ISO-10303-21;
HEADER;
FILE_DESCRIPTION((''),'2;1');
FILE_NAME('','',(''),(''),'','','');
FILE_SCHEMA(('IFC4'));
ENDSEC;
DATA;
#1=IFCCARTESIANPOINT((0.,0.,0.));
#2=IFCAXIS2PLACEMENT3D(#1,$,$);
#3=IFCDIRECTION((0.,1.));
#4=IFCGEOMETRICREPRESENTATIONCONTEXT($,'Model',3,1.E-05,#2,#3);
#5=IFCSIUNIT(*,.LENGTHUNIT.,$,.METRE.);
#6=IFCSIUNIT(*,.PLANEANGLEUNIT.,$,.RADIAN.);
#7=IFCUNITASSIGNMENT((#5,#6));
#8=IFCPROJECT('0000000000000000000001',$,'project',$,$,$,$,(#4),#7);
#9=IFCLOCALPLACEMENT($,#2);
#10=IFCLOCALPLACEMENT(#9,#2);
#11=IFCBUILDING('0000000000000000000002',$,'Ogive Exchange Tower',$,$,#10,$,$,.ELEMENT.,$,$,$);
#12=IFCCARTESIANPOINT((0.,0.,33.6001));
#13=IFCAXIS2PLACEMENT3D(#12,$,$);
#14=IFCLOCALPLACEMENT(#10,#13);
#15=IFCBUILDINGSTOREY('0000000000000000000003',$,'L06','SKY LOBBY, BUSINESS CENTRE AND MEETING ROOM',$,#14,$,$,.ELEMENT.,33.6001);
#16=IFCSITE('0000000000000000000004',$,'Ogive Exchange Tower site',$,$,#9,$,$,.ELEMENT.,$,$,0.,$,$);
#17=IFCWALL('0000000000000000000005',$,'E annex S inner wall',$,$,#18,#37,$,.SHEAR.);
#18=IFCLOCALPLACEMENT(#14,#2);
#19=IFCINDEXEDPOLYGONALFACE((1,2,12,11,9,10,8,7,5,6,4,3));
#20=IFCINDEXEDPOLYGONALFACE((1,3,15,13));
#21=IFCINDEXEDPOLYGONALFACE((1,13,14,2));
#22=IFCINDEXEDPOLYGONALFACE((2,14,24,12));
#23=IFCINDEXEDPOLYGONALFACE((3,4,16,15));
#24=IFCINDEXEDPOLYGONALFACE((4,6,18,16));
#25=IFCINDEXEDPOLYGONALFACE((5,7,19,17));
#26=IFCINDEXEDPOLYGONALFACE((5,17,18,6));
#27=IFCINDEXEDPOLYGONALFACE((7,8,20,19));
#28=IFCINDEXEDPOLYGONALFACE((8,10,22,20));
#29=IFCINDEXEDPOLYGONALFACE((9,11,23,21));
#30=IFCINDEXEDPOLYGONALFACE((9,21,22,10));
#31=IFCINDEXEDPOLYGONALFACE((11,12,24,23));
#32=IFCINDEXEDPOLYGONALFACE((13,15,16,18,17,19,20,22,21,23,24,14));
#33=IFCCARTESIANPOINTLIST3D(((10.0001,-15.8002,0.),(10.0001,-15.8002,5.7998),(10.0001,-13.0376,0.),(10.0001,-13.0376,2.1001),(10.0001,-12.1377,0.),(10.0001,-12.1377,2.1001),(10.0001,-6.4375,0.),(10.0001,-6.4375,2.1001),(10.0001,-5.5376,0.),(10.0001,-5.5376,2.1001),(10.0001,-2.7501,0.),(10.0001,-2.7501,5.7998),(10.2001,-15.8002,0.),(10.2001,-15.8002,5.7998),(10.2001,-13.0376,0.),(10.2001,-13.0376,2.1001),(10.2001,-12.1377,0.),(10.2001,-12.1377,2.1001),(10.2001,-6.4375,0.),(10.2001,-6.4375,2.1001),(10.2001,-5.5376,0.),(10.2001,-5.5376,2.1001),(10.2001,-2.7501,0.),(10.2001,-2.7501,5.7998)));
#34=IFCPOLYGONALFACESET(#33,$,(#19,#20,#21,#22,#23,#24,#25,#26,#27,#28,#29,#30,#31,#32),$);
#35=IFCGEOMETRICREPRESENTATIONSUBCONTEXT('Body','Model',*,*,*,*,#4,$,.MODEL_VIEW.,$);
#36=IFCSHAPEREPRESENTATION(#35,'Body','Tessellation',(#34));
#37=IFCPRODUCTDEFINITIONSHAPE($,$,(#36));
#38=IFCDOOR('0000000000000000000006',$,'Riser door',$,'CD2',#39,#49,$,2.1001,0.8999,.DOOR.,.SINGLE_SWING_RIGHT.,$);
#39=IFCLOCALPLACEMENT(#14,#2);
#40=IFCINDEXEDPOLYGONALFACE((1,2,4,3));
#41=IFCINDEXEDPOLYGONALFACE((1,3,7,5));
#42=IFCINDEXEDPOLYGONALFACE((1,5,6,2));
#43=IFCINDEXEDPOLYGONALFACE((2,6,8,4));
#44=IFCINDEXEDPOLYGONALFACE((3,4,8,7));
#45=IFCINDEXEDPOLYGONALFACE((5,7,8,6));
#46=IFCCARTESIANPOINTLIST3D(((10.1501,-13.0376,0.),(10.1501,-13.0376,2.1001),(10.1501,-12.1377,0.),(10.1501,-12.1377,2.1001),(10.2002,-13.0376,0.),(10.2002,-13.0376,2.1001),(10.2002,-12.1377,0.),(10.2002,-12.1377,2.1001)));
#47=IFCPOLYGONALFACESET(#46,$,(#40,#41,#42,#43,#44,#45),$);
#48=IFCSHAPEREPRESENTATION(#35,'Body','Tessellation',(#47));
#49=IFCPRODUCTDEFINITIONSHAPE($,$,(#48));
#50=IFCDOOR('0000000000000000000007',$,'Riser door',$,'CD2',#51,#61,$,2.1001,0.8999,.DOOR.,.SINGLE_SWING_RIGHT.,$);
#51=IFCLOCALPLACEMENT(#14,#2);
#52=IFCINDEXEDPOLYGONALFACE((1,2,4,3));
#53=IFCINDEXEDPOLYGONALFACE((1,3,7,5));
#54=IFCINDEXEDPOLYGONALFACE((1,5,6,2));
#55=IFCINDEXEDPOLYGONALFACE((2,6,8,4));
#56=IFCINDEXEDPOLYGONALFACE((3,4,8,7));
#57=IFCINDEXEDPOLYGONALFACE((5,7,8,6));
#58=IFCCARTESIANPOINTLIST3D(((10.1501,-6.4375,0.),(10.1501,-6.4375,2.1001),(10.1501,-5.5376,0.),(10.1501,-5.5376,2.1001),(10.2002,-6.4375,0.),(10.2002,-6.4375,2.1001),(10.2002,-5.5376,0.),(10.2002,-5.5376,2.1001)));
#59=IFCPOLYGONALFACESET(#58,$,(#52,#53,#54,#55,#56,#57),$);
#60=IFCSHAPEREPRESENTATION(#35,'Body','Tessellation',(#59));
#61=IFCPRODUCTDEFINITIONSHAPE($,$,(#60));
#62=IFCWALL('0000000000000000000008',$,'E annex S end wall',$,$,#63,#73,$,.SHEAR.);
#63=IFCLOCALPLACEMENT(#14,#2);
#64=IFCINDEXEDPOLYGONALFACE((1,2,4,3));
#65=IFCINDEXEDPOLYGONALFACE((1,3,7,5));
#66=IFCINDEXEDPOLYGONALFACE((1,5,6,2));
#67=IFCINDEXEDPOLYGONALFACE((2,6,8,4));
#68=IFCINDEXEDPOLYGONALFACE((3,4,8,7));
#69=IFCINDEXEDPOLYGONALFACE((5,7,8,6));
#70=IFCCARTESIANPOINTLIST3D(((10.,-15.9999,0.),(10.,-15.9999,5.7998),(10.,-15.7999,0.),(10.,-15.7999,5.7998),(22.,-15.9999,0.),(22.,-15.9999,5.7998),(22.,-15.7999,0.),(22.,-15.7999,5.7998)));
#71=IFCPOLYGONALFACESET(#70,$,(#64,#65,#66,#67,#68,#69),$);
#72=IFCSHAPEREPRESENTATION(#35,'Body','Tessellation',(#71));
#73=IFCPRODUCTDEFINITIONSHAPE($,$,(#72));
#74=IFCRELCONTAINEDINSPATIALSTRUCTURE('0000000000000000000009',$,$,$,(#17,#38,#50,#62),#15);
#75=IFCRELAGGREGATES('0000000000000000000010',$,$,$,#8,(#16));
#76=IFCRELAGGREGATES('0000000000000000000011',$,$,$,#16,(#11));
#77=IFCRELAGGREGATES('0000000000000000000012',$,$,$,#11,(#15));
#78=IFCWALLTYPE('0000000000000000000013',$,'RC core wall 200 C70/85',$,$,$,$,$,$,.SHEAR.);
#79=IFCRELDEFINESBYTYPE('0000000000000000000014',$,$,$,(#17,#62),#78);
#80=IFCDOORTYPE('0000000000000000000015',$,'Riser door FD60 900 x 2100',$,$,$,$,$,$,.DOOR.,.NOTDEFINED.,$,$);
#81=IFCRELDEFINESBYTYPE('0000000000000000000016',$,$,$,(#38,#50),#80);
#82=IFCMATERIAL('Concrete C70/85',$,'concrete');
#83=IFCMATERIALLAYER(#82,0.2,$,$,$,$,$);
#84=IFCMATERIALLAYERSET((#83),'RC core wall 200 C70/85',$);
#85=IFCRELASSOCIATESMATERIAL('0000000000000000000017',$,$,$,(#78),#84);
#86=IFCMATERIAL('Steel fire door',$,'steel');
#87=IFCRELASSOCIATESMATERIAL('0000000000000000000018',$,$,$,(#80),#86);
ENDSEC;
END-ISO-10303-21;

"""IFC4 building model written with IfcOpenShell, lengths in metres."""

from ifc_helpers import new_model, si_unit, direction, frame, frame_2d, origin, place, context, subcontext, project, spatial, rectangle, extrude, material, layer, layer_set, type_object, element, fill, save


model = new_model("IFC4")

# Units and contexts
model_context = context("Model", 3, precision=1e-05, world=origin(), true_north=direction((0.0, 1.0)))
body_context = subcontext(model_context, "Body", "Model", "MODEL_VIEW")
ifc_project = project(units=[si_unit("LENGTHUNIT", "METRE"), si_unit("PLANEANGLEUNIT", "RADIAN")], contexts=[model_context])

# Site, building, storey
site_placement = place(None, origin())
site = spatial("IfcSite", under=ifc_project, at=site_placement, Name="Ogive Exchange Tower site", CompositionType="ELEMENT", RefElevation=0.0)
building_placement = place(site_placement, origin())
building = spatial("IfcBuilding", under=site, at=building_placement, Name="Ogive Exchange Tower", CompositionType="ELEMENT")
storey_placement = place(building_placement, frame((0.0, 0.0, 33.6001)))
storey = spatial("IfcBuildingStorey", under=building, at=storey_placement, Name="L06", Description="SKY LOBBY, BUSINESS CENTRE AND MEETING ROOM", CompositionType="ELEMENT", Elevation=33.6001)

# Wall, openings, doors
ifc_material_1 = material(Name="Concrete C70/85", Category="concrete")
ifc_layer_1 = layer(ifc_material_1, 0.2)
ifc_layer_set_1 = layer_set([ifc_layer_1], Name="RC core wall 200 C70/85")
wall_type_1 = type_object("IfcWallType", Name="RC core wall 200 C70/85", PredefinedType="SHEAR", material=ifc_layer_set_1)
wall_1_placement = place(storey_placement, frame((10.1001, -15.8, 0.0), z_axis=(0.0, 0.0, 1.0), x_axis=(0.0, 1.0, 0.0)))
wall_1 = element("IfcWall", 1, at=wall_1_placement, inside=storey, type_object=wall_type_1, Name="E annex S inner wall", PredefinedType="SHEAR", context=body_context, shape_type="SweptSolid", body=[
    extrude(rectangle(XDim=13.05, YDim=0.2, at=frame_2d((6.5249, 0.0))), origin(), (0.0, 0.0, 1.0), 5.7998),
])
opening_1_placement = place(wall_1_placement, frame((2.7625, 0.0, 0.0)))
opening_1 = element("IfcOpeningElement", 2, at=opening_1_placement, cuts=wall_1, PredefinedType="OPENING", context=body_context, shape_type="SweptSolid", body=[
    extrude(rectangle(XDim=0.8999, YDim=2.1001, at=frame_2d((0.45, 1.05))), frame((0.0, 0.1099, 0.0), z_axis=(0.0, -1.0, 0.0), x_axis=(1.0, 0.0, 0.0)), (0.0, 0.0, 1.0), 0.22),
])
opening_2_placement = place(wall_1_placement, frame((9.3625, 0.0, 0.0)))
opening_2 = element("IfcOpeningElement", 3, at=opening_2_placement, cuts=wall_1, PredefinedType="OPENING", context=body_context, shape_type="SweptSolid", body=[
    extrude(rectangle(XDim=0.8999, YDim=2.1001, at=frame_2d((0.45, 1.05))), frame((0.0, 0.1099, 0.0), z_axis=(0.0, -1.0, 0.0), x_axis=(1.0, 0.0, 0.0)), (0.0, 0.0, 1.0), 0.22),
])
ifc_material_2 = material(Name="Steel fire door", Category="steel")
door_type_1 = type_object("IfcDoorType", Name="Riser door FD60 900 x 2100", OperationType="NOTDEFINED", PredefinedType="DOOR", material=ifc_material_2)
door_1_placement = place(opening_1_placement, frame((0.8999, -0.1499, 0.0), z_axis=(0.0, 0.0, 1.0), x_axis=(-1.0, 0.0, 0.0)))
door_1 = element("IfcDoor", 4, at=door_1_placement, inside=storey, type_object=door_type_1, Name="Riser door", ObjectType="CD2", OperationType="SINGLE_SWING_RIGHT", OverallHeight=2.1001, OverallWidth=0.8999, PredefinedType="DOOR", context=body_context, shape_type="SweptSolid", body=[
    extrude(rectangle(XDim=0.8999, YDim=2.1001, at=frame_2d((0.45, 1.05))), frame((0.0, -0.0498, 0.0), z_axis=(0.0, -1.0, 0.0), x_axis=(1.0, 0.0, 0.0)), (0.0, 0.0, 1.0), 0.05),
])
fill(opening_1, door_1)
door_2_placement = place(opening_2_placement, frame((0.8999, -0.1499, 0.0), z_axis=(0.0, 0.0, 1.0), x_axis=(-1.0, 0.0, 0.0)))
door_2 = element("IfcDoor", 5, at=door_2_placement, inside=storey, type_object=door_type_1, Name="Riser door", ObjectType="CD2", OperationType="SINGLE_SWING_RIGHT", OverallHeight=2.1001, OverallWidth=0.8999, PredefinedType="DOOR", context=body_context, shape_type="SweptSolid", body=[
    extrude(rectangle(XDim=0.8999, YDim=2.1001, at=frame_2d((0.45, 1.05))), frame((0.0, -0.0498, 0.0), z_axis=(0.0, -1.0, 0.0), x_axis=(1.0, 0.0, 0.0)), (0.0, 0.0, 1.0), 0.05),
])
fill(opening_2, door_2)

# Wall
wall_2_placement = place(storey_placement, frame((10.0, -15.8999, 0.0), z_axis=(0.0, 0.0, 1.0), x_axis=(1.0, 0.0, 0.0)))
element("IfcWall", 6, at=wall_2_placement, inside=storey, type_object=wall_type_1, Name="E annex S end wall", PredefinedType="SHEAR", context=body_context, shape_type="SweptSolid", body=[
    extrude(rectangle(XDim=12.0, YDim=0.2, at=frame_2d((6.0, 0.0))), origin(), (0.0, 0.0, 1.0), 5.7998),
])

save(model, "model.ifc")
